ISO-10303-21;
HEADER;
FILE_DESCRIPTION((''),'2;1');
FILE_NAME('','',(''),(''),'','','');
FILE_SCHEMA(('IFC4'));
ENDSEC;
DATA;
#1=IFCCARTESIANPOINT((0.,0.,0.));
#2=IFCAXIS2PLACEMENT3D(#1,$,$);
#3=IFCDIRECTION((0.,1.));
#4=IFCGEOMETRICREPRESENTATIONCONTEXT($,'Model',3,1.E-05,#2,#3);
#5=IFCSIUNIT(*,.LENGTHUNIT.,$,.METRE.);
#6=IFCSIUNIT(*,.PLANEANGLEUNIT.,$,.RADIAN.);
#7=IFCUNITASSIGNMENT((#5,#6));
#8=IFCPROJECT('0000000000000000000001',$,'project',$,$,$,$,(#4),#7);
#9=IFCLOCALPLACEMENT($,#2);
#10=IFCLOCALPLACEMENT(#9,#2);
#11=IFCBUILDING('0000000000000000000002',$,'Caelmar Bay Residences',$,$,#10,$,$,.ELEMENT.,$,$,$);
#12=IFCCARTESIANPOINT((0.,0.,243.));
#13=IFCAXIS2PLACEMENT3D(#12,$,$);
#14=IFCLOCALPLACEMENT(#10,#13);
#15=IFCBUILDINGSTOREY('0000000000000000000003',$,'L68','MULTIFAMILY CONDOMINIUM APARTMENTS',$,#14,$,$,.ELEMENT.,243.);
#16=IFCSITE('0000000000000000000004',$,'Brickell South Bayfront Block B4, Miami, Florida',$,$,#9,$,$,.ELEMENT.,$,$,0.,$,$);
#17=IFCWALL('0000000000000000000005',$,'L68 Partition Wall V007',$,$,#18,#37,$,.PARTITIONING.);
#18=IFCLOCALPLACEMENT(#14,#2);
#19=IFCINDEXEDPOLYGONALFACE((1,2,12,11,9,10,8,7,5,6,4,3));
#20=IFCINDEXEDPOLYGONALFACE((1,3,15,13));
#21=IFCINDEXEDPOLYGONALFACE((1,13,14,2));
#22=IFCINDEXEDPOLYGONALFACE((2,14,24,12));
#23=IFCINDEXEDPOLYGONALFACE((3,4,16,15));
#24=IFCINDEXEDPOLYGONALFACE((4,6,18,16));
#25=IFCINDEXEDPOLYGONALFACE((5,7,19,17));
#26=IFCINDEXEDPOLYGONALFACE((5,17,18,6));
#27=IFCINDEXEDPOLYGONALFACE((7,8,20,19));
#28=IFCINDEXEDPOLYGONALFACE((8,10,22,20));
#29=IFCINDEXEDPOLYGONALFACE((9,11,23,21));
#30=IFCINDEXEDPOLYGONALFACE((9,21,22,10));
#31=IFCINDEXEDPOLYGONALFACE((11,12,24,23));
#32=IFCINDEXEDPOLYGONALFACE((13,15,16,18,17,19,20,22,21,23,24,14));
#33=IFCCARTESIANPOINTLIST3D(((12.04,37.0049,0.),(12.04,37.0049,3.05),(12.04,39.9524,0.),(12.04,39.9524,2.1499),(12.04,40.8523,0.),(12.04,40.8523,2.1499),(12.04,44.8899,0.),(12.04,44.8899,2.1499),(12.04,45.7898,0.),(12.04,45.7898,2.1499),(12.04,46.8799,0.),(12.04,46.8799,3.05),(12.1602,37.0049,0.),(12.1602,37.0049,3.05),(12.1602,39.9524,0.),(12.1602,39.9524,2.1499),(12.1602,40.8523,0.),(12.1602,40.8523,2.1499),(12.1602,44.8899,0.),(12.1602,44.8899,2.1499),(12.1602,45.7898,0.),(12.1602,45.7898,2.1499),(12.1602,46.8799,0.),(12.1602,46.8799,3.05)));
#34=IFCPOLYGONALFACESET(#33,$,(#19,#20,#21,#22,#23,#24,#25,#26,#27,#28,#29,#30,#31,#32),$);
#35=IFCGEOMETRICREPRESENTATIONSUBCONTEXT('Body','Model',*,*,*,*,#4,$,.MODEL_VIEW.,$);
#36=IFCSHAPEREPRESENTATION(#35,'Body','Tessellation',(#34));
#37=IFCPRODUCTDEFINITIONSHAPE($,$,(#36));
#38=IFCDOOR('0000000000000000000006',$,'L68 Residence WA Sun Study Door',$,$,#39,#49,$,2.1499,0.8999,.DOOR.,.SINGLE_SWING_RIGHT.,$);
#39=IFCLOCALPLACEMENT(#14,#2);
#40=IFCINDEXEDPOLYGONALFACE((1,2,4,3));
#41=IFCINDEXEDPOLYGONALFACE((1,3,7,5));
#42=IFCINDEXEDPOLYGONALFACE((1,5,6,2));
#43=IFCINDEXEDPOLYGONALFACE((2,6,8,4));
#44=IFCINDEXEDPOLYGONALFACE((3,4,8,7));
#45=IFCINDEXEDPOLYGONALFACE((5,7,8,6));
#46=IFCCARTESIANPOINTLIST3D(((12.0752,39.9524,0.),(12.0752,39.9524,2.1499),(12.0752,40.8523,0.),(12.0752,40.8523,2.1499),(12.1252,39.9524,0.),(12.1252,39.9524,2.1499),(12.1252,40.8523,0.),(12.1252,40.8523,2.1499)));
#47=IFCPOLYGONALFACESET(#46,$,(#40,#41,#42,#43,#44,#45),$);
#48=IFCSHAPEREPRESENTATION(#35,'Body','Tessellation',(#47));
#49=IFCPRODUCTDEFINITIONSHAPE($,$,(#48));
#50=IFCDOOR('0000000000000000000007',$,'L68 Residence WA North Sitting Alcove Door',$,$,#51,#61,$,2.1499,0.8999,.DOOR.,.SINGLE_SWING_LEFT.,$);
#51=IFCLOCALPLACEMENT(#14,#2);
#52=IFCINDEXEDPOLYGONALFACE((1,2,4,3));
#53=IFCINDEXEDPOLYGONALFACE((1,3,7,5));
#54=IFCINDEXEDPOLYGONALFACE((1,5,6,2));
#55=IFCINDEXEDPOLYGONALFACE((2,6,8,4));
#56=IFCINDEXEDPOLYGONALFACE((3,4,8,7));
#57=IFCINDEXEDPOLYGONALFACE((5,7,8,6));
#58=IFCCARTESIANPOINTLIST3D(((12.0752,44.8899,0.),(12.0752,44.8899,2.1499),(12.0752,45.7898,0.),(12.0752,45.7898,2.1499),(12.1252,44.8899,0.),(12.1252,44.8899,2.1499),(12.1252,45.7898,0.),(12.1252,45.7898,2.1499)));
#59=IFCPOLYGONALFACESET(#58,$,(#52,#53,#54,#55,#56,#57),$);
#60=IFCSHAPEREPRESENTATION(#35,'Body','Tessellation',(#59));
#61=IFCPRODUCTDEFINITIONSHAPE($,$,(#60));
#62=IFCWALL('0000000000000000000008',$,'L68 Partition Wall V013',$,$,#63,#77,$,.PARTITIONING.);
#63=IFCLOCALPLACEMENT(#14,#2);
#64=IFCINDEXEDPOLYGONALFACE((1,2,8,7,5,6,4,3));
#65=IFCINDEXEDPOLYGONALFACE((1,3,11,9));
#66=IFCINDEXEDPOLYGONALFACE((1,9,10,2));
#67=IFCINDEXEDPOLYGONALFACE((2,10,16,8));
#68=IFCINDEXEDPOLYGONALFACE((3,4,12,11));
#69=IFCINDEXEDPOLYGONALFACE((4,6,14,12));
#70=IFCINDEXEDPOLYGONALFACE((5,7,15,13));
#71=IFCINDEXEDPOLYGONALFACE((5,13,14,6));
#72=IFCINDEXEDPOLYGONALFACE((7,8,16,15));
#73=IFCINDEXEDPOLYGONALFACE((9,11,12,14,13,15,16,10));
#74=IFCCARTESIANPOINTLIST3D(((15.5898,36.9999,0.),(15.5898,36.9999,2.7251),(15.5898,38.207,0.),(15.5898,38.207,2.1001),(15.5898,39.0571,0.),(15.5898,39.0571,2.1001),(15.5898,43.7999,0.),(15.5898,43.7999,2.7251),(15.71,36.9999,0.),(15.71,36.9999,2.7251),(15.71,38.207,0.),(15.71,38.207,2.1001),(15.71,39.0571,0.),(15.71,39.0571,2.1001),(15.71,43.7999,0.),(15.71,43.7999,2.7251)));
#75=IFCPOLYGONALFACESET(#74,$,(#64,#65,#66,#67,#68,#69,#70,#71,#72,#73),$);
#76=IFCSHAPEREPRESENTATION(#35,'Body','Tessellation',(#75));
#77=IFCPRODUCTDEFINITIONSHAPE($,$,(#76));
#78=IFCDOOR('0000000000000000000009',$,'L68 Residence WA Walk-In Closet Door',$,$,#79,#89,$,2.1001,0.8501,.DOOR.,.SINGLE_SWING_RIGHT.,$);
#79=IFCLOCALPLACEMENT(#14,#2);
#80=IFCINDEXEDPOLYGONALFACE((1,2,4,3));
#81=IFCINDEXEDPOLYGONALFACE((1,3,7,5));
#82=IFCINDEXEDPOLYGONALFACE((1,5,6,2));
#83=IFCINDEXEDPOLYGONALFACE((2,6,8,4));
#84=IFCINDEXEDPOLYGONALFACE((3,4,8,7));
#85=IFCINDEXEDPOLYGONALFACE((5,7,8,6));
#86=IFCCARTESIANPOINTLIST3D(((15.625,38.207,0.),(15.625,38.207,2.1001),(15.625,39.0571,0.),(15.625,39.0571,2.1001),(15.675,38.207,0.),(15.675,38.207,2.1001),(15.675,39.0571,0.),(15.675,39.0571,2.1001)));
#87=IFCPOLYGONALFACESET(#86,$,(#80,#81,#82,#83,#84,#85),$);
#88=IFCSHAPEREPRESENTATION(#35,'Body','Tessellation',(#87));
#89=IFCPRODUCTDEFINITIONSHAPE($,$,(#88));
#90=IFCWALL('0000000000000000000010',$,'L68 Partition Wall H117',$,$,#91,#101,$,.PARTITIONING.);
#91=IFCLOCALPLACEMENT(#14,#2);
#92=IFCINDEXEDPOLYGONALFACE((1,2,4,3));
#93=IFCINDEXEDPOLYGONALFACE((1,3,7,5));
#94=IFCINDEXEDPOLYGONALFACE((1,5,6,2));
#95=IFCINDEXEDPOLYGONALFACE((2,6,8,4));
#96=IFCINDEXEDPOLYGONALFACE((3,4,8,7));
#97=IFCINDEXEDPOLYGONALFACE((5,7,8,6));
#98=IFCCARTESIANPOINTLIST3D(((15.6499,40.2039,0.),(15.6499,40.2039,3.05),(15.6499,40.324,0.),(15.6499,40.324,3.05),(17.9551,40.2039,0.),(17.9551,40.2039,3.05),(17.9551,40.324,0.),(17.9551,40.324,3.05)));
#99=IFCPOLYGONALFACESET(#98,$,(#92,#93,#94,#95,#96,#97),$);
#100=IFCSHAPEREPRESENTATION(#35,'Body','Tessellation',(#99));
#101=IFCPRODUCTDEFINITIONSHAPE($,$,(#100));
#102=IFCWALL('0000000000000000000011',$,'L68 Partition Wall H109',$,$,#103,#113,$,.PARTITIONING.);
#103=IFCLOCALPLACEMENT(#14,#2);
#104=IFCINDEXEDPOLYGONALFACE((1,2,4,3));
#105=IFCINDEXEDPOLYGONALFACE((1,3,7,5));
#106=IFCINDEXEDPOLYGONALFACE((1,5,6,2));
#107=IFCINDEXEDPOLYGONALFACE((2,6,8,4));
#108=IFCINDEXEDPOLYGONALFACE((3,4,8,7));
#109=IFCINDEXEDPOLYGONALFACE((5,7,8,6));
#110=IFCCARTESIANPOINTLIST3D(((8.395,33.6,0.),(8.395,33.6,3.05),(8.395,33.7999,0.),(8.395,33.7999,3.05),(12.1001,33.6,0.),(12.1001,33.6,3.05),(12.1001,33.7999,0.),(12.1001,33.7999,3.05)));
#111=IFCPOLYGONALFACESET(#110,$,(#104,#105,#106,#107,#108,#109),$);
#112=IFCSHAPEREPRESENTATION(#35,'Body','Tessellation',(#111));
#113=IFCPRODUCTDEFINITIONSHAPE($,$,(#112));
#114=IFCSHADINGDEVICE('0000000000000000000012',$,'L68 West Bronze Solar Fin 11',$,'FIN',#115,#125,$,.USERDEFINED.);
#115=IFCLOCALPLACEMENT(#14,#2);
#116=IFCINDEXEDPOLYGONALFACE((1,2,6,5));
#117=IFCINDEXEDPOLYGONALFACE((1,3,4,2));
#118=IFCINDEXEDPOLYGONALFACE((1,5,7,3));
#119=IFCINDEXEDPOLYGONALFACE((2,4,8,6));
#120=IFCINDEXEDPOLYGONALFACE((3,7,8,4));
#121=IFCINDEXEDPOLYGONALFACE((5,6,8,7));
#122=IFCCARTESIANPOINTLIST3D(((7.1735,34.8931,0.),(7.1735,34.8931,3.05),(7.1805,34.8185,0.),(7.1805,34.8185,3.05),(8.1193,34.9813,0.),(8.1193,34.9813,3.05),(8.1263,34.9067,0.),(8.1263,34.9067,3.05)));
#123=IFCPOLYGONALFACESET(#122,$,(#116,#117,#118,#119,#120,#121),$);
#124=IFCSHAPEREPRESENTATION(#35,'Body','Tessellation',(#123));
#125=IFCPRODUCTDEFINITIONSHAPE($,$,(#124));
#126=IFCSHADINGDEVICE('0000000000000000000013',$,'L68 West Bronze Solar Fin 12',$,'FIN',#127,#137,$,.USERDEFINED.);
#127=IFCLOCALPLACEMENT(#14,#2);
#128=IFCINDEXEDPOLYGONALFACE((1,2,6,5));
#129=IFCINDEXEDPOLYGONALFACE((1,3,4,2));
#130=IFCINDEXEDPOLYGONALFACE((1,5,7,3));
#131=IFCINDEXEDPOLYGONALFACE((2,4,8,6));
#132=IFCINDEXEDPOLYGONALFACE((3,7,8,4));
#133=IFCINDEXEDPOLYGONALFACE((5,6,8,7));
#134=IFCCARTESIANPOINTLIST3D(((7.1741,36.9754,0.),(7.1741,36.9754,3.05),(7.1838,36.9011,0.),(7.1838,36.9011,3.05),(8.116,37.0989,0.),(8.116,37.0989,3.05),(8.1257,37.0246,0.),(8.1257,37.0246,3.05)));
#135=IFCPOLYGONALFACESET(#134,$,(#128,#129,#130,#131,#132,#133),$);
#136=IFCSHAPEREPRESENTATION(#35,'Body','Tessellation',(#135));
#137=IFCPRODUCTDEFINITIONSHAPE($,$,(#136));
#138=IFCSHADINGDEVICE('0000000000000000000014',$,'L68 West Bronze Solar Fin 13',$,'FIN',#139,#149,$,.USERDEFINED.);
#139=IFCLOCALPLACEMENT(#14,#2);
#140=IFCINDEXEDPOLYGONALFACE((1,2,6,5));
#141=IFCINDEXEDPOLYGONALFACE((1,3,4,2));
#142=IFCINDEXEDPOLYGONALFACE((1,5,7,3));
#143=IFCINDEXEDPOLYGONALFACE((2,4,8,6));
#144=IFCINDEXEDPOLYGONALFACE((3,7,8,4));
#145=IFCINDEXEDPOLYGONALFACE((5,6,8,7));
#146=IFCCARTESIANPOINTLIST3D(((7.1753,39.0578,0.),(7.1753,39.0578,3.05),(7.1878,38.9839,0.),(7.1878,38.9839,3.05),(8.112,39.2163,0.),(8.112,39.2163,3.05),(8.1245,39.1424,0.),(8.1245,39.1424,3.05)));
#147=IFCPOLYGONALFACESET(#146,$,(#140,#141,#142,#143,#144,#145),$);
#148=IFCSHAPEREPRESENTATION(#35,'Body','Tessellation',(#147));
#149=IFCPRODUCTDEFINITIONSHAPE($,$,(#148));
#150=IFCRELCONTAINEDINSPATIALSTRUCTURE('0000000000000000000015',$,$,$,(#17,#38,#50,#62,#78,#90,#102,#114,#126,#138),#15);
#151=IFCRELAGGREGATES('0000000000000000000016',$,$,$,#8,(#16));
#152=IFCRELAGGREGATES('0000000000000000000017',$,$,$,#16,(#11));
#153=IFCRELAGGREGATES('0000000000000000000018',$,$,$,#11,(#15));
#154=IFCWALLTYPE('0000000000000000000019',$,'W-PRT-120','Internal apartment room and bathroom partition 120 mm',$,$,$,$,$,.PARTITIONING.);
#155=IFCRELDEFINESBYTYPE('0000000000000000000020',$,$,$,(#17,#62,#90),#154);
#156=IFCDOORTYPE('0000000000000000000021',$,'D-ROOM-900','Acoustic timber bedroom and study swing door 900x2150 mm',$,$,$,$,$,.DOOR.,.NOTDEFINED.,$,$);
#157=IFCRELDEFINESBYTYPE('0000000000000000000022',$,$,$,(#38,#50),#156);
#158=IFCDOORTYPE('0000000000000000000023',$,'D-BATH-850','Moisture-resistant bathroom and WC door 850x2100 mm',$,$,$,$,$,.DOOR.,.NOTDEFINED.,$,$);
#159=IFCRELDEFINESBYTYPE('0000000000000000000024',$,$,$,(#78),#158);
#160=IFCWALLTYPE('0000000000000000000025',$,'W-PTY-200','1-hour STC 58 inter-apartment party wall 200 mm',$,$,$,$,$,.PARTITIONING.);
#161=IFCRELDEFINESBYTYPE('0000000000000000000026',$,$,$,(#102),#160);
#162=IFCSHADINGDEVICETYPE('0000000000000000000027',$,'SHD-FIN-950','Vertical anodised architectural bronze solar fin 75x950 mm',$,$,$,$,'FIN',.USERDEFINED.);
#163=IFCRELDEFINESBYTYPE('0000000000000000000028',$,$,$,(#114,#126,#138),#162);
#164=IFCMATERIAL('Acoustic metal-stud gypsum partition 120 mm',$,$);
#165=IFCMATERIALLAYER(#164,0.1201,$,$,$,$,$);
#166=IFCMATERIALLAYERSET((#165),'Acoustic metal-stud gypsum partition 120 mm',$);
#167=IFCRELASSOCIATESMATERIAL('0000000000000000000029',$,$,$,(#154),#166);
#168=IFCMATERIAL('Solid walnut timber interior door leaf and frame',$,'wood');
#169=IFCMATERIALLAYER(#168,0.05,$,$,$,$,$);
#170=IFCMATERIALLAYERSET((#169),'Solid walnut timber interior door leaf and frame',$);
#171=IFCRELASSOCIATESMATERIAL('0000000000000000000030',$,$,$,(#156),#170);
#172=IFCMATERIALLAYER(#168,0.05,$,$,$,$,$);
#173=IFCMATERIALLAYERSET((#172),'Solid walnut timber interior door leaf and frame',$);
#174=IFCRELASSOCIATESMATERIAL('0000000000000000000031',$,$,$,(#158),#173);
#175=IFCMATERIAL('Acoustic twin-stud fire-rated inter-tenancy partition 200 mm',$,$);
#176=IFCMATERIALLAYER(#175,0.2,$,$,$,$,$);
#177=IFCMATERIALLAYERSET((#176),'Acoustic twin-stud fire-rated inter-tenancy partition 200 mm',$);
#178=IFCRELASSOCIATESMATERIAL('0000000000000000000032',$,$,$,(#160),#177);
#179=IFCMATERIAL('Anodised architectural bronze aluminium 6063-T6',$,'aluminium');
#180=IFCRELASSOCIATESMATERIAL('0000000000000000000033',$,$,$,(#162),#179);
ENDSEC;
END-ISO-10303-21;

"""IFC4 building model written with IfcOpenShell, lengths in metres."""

from ifc_helpers import new_model, si_unit, direction, frame, frame_2d, origin, origin_2d, place, context, subcontext, project, spatial, rectangle, extrude, material, layer, layer_set, material_profile, profile_set, type_object, element, fill, save


model = new_model("IFC4")

# Units and contexts
model_context = context("Model", 3, precision=1e-05, world=origin(), true_north=direction((0.0, 1.0)))
body_context = subcontext(model_context, "Body", "Model", "MODEL_VIEW")
ifc_project = project(units=[si_unit("LENGTHUNIT", "METRE"), si_unit("PLANEANGLEUNIT", "RADIAN")], contexts=[model_context])

# Site, building, storey
site_placement = place(None, origin())
site = spatial("IfcSite", under=ifc_project, at=site_placement, Name="Brickell South Bayfront Block B4, Miami, Florida", CompositionType="ELEMENT", RefElevation=0.0)
building_placement = place(site_placement, origin())
building = spatial("IfcBuilding", under=site, at=building_placement, Name="Caelmar Bay Residences", CompositionType="ELEMENT")
storey_placement = place(building_placement, frame((0.0, 0.0, 243.0)))
storey = spatial("IfcBuildingStorey", under=building, at=storey_placement, Name="L68", Description="MULTIFAMILY CONDOMINIUM APARTMENTS", CompositionType="ELEMENT", Elevation=243.0)

# Wall, openings, doors
ifc_material_1 = material(Name="Acoustic metal-stud gypsum partition 120 mm")
ifc_layer_1 = layer(ifc_material_1, 0.1201)
ifc_layer_set_1 = layer_set([ifc_layer_1], Name="Acoustic metal-stud gypsum partition 120 mm")
wall_type_1 = type_object("IfcWallType", Name="W-PRT-120", Description="Internal apartment room and bathroom partition 120 mm", PredefinedType="PARTITIONING", material=ifc_layer_set_1)
wall_1_placement = place(storey_placement, frame((12.1001, 37.0049, 0.0), z_axis=(0.0, 0.0, 1.0), x_axis=(0.0, 1.0, 0.0)))
wall_1 = element("IfcWall", 1, at=wall_1_placement, inside=storey, type_object=wall_type_1, Name="L68 Partition Wall V007", PredefinedType="PARTITIONING", context=body_context, shape_type="SweptSolid", body=[
    extrude(rectangle(XDim=9.875, YDim=0.1201, at=frame_2d((4.9375, 0.0))), origin(), (0.0, 0.0, 1.0), 3.05),
])
opening_1_placement = place(wall_1_placement, frame((2.9475, 0.0, 0.0)))
opening_1 = element("IfcOpeningElement", 2, at=opening_1_placement, cuts=wall_1, PredefinedType="OPENING", context=body_context, shape_type="SweptSolid", body=[
    extrude(rectangle(XDim=0.8999, YDim=2.1499, at=frame_2d((0.45, 1.075))), frame((0.0, 0.0701, 0.0), z_axis=(0.0, -1.0, 0.0), x_axis=(1.0, 0.0, 0.0)), (0.0, 0.0, 1.0), 0.1401),
])
opening_2_placement = place(wall_1_placement, frame((7.885, 0.0, 0.0)))
opening_2 = element("IfcOpeningElement", 3, at=opening_2_placement, cuts=wall_1, PredefinedType="OPENING", context=body_context, shape_type="SweptSolid", body=[
    extrude(rectangle(XDim=0.8999, YDim=2.1499, at=frame_2d((0.45, 1.075))), frame((0.0, 0.0701, 0.0), z_axis=(0.0, -1.0, 0.0), x_axis=(1.0, 0.0, 0.0)), (0.0, 0.0, 1.0), 0.1401),
])
ifc_material_2 = material(Name="Solid walnut timber interior door leaf and frame", Category="wood")
ifc_layer_2 = layer(ifc_material_2, 0.05)
ifc_layer_set_2 = layer_set([ifc_layer_2], Name="Solid walnut timber interior door leaf and frame")
door_type_1 = type_object("IfcDoorType", Name="D-ROOM-900", Description="Acoustic timber bedroom and study swing door 900x2150 mm", OperationType="NOTDEFINED", PredefinedType="DOOR", material=ifc_layer_set_2)
door_1_placement = place(opening_1_placement, origin())
door_1 = element("IfcDoor", 4, at=door_1_placement, inside=storey, type_object=door_type_1, Name="L68 Residence WA Sun Study Door", OperationType="SINGLE_SWING_RIGHT", OverallHeight=2.1499, OverallWidth=0.8999, PredefinedType="DOOR", context=body_context, shape_type="SweptSolid", body=[
    extrude(rectangle(XDim=0.8999, YDim=2.1499, at=frame_2d((0.45, 1.075))), frame((0.0, 0.0249, 0.0), z_axis=(0.0, -1.0, 0.0), x_axis=(1.0, 0.0, 0.0)), (0.0, 0.0, 1.0), 0.05),
])
fill(opening_1, door_1)
door_2_placement = place(opening_2_placement, origin())
door_2 = element("IfcDoor", 5, at=door_2_placement, inside=storey, type_object=door_type_1, Name="L68 Residence WA North Sitting Alcove Door", OperationType="SINGLE_SWING_LEFT", OverallHeight=2.1499, OverallWidth=0.8999, PredefinedType="DOOR", context=body_context, shape_type="SweptSolid", body=[
    extrude(rectangle(XDim=0.8999, YDim=2.1499, at=frame_2d((0.45, 1.075))), frame((0.0, 0.0249, 0.0), z_axis=(0.0, -1.0, 0.0), x_axis=(1.0, 0.0, 0.0)), (0.0, 0.0, 1.0), 0.05),
])
fill(opening_2, door_2)

# Wall, opening, door
wall_2_placement = place(storey_placement, frame((15.6499, 37.0, 0.0), z_axis=(0.0, 0.0, 1.0), x_axis=(0.0, 1.0, 0.0)))
wall_2 = element("IfcWall", 6, at=wall_2_placement, inside=storey, type_object=wall_type_1, Name="L68 Partition Wall V013", PredefinedType="PARTITIONING", context=body_context, shape_type="SweptSolid", body=[
    extrude(rectangle(XDim=6.8, YDim=0.1201, at=frame_2d((3.3999, 0.0))), origin(), (0.0, 0.0, 1.0), 2.7251),
])
opening_3_placement = place(wall_2_placement, frame((1.207, 0.0, 0.0)))
opening_3 = element("IfcOpeningElement", 7, at=opening_3_placement, cuts=wall_2, PredefinedType="OPENING", context=body_context, shape_type="SweptSolid", body=[
    extrude(rectangle(XDim=0.8501, YDim=2.1001, at=frame_2d((0.425, 1.05))), frame((0.0, 0.0701, 0.0), z_axis=(0.0, -1.0, 0.0), x_axis=(1.0, 0.0, 0.0)), (0.0, 0.0, 1.0), 0.1401),
])
ifc_layer_3 = layer(ifc_material_2, 0.05)
ifc_layer_set_3 = layer_set([ifc_layer_3], Name="Solid walnut timber interior door leaf and frame")
door_type_2 = type_object("IfcDoorType", Name="D-BATH-850", Description="Moisture-resistant bathroom and WC door 850x2100 mm", OperationType="NOTDEFINED", PredefinedType="DOOR", material=ifc_layer_set_3)
door_3_placement = place(opening_3_placement, origin())
door_3 = element("IfcDoor", 8, at=door_3_placement, inside=storey, type_object=door_type_2, Name="L68 Residence WA Walk-In Closet Door", OperationType="SINGLE_SWING_RIGHT", OverallHeight=2.1001, OverallWidth=0.8501, PredefinedType="DOOR", context=body_context, shape_type="SweptSolid", body=[
    extrude(rectangle(XDim=0.8501, YDim=2.1001, at=frame_2d((0.425, 1.05))), frame((0.0, 0.0249, 0.0), z_axis=(0.0, -1.0, 0.0), x_axis=(1.0, 0.0, 0.0)), (0.0, 0.0, 1.0), 0.05),
])
fill(opening_3, door_3)

# Walls
wall_3_placement = place(storey_placement, frame((15.6499, 40.2639, 0.0), z_axis=(0.0, 0.0, 1.0), x_axis=(1.0, 0.0, 0.0)))
element("IfcWall", 9, at=wall_3_placement, inside=storey, type_object=wall_type_1, Name="L68 Partition Wall H117", PredefinedType="PARTITIONING", context=body_context, shape_type="SweptSolid", body=[
    extrude(rectangle(XDim=2.3052, YDim=0.1201, at=frame_2d((1.1526, 0.0))), origin(), (0.0, 0.0, 1.0), 3.05),
])
ifc_material_3 = material(Name="Acoustic twin-stud fire-rated inter-tenancy partition 200 mm")
ifc_layer_4 = layer(ifc_material_3, 0.2)
ifc_layer_set_4 = layer_set([ifc_layer_4], Name="Acoustic twin-stud fire-rated inter-tenancy partition 200 mm")
wall_type_2 = type_object("IfcWallType", Name="W-PTY-200", Description="1-hour STC 58 inter-apartment party wall 200 mm", PredefinedType="PARTITIONING", material=ifc_layer_set_4)
wall_4_placement = place(storey_placement, frame((8.395, 33.7, 0.0), z_axis=(0.0, 0.0, 1.0), x_axis=(1.0, 0.0, 0.0)))
element("IfcWall", 10, at=wall_4_placement, inside=storey, type_object=wall_type_2, Name="L68 Partition Wall H109", PredefinedType="PARTITIONING", context=body_context, shape_type="SweptSolid", body=[
    extrude(rectangle(XDim=3.7051, YDim=0.2, at=frame_2d((1.8525, 0.0))), origin(), (0.0, 0.0, 1.0), 3.05),
])

# Shading devices
ifc_material_4 = material(Name="Anodised architectural bronze aluminium 6063-T6", Category="aluminium")
ifc_material_profile = material_profile(ifc_material_4, rectangle(XDim=0.075, YDim=0.95, at=origin_2d()), Name="BRONZE-FIN-75X950")
ifc_profile_set = profile_set([ifc_material_profile], Name="Anodised architectural bronze aluminium 6063-T6")
shading_device_type = type_object("IfcShadingDeviceType", Name="SHD-FIN-950", Description="Vertical anodised architectural bronze solar fin 75x950 mm", ElementType="FIN", PredefinedType="USERDEFINED", material=ifc_profile_set)
for number, where, z_axis, x_axis, name in (
    (11, (7.6499, 34.8999, 0.0), (0.0, 0.0, 1.0), (-0.092892, 0.995676, 0.0), "L68 West Bronze Solar Fin 11"),
    (12, (7.6499, 37.0, 0.0), (0.0, 0.0, 1.0), (-0.130007, 0.991513, 0.0), "L68 West Bronze Solar Fin 12"),
    (13, (7.6499, 39.1001, 0.0), (0.0, 0.0, 1.0), (-0.166769, 0.985996, 0.0), "L68 West Bronze Solar Fin 13"),
):
    element("IfcShadingDevice", number, at=place(storey_placement, frame(where, z_axis=z_axis, x_axis=x_axis)), inside=storey, type_object=shading_device_type, Name=name, ObjectType="FIN", PredefinedType="USERDEFINED", context=body_context, shape_type="SweptSolid", body=[
        extrude(rectangle(XDim=0.075, YDim=0.95, at=origin_2d()), origin(), (0.0, 0.0, 1.0), 3.05),
    ])

save(model, "model.ifc")
